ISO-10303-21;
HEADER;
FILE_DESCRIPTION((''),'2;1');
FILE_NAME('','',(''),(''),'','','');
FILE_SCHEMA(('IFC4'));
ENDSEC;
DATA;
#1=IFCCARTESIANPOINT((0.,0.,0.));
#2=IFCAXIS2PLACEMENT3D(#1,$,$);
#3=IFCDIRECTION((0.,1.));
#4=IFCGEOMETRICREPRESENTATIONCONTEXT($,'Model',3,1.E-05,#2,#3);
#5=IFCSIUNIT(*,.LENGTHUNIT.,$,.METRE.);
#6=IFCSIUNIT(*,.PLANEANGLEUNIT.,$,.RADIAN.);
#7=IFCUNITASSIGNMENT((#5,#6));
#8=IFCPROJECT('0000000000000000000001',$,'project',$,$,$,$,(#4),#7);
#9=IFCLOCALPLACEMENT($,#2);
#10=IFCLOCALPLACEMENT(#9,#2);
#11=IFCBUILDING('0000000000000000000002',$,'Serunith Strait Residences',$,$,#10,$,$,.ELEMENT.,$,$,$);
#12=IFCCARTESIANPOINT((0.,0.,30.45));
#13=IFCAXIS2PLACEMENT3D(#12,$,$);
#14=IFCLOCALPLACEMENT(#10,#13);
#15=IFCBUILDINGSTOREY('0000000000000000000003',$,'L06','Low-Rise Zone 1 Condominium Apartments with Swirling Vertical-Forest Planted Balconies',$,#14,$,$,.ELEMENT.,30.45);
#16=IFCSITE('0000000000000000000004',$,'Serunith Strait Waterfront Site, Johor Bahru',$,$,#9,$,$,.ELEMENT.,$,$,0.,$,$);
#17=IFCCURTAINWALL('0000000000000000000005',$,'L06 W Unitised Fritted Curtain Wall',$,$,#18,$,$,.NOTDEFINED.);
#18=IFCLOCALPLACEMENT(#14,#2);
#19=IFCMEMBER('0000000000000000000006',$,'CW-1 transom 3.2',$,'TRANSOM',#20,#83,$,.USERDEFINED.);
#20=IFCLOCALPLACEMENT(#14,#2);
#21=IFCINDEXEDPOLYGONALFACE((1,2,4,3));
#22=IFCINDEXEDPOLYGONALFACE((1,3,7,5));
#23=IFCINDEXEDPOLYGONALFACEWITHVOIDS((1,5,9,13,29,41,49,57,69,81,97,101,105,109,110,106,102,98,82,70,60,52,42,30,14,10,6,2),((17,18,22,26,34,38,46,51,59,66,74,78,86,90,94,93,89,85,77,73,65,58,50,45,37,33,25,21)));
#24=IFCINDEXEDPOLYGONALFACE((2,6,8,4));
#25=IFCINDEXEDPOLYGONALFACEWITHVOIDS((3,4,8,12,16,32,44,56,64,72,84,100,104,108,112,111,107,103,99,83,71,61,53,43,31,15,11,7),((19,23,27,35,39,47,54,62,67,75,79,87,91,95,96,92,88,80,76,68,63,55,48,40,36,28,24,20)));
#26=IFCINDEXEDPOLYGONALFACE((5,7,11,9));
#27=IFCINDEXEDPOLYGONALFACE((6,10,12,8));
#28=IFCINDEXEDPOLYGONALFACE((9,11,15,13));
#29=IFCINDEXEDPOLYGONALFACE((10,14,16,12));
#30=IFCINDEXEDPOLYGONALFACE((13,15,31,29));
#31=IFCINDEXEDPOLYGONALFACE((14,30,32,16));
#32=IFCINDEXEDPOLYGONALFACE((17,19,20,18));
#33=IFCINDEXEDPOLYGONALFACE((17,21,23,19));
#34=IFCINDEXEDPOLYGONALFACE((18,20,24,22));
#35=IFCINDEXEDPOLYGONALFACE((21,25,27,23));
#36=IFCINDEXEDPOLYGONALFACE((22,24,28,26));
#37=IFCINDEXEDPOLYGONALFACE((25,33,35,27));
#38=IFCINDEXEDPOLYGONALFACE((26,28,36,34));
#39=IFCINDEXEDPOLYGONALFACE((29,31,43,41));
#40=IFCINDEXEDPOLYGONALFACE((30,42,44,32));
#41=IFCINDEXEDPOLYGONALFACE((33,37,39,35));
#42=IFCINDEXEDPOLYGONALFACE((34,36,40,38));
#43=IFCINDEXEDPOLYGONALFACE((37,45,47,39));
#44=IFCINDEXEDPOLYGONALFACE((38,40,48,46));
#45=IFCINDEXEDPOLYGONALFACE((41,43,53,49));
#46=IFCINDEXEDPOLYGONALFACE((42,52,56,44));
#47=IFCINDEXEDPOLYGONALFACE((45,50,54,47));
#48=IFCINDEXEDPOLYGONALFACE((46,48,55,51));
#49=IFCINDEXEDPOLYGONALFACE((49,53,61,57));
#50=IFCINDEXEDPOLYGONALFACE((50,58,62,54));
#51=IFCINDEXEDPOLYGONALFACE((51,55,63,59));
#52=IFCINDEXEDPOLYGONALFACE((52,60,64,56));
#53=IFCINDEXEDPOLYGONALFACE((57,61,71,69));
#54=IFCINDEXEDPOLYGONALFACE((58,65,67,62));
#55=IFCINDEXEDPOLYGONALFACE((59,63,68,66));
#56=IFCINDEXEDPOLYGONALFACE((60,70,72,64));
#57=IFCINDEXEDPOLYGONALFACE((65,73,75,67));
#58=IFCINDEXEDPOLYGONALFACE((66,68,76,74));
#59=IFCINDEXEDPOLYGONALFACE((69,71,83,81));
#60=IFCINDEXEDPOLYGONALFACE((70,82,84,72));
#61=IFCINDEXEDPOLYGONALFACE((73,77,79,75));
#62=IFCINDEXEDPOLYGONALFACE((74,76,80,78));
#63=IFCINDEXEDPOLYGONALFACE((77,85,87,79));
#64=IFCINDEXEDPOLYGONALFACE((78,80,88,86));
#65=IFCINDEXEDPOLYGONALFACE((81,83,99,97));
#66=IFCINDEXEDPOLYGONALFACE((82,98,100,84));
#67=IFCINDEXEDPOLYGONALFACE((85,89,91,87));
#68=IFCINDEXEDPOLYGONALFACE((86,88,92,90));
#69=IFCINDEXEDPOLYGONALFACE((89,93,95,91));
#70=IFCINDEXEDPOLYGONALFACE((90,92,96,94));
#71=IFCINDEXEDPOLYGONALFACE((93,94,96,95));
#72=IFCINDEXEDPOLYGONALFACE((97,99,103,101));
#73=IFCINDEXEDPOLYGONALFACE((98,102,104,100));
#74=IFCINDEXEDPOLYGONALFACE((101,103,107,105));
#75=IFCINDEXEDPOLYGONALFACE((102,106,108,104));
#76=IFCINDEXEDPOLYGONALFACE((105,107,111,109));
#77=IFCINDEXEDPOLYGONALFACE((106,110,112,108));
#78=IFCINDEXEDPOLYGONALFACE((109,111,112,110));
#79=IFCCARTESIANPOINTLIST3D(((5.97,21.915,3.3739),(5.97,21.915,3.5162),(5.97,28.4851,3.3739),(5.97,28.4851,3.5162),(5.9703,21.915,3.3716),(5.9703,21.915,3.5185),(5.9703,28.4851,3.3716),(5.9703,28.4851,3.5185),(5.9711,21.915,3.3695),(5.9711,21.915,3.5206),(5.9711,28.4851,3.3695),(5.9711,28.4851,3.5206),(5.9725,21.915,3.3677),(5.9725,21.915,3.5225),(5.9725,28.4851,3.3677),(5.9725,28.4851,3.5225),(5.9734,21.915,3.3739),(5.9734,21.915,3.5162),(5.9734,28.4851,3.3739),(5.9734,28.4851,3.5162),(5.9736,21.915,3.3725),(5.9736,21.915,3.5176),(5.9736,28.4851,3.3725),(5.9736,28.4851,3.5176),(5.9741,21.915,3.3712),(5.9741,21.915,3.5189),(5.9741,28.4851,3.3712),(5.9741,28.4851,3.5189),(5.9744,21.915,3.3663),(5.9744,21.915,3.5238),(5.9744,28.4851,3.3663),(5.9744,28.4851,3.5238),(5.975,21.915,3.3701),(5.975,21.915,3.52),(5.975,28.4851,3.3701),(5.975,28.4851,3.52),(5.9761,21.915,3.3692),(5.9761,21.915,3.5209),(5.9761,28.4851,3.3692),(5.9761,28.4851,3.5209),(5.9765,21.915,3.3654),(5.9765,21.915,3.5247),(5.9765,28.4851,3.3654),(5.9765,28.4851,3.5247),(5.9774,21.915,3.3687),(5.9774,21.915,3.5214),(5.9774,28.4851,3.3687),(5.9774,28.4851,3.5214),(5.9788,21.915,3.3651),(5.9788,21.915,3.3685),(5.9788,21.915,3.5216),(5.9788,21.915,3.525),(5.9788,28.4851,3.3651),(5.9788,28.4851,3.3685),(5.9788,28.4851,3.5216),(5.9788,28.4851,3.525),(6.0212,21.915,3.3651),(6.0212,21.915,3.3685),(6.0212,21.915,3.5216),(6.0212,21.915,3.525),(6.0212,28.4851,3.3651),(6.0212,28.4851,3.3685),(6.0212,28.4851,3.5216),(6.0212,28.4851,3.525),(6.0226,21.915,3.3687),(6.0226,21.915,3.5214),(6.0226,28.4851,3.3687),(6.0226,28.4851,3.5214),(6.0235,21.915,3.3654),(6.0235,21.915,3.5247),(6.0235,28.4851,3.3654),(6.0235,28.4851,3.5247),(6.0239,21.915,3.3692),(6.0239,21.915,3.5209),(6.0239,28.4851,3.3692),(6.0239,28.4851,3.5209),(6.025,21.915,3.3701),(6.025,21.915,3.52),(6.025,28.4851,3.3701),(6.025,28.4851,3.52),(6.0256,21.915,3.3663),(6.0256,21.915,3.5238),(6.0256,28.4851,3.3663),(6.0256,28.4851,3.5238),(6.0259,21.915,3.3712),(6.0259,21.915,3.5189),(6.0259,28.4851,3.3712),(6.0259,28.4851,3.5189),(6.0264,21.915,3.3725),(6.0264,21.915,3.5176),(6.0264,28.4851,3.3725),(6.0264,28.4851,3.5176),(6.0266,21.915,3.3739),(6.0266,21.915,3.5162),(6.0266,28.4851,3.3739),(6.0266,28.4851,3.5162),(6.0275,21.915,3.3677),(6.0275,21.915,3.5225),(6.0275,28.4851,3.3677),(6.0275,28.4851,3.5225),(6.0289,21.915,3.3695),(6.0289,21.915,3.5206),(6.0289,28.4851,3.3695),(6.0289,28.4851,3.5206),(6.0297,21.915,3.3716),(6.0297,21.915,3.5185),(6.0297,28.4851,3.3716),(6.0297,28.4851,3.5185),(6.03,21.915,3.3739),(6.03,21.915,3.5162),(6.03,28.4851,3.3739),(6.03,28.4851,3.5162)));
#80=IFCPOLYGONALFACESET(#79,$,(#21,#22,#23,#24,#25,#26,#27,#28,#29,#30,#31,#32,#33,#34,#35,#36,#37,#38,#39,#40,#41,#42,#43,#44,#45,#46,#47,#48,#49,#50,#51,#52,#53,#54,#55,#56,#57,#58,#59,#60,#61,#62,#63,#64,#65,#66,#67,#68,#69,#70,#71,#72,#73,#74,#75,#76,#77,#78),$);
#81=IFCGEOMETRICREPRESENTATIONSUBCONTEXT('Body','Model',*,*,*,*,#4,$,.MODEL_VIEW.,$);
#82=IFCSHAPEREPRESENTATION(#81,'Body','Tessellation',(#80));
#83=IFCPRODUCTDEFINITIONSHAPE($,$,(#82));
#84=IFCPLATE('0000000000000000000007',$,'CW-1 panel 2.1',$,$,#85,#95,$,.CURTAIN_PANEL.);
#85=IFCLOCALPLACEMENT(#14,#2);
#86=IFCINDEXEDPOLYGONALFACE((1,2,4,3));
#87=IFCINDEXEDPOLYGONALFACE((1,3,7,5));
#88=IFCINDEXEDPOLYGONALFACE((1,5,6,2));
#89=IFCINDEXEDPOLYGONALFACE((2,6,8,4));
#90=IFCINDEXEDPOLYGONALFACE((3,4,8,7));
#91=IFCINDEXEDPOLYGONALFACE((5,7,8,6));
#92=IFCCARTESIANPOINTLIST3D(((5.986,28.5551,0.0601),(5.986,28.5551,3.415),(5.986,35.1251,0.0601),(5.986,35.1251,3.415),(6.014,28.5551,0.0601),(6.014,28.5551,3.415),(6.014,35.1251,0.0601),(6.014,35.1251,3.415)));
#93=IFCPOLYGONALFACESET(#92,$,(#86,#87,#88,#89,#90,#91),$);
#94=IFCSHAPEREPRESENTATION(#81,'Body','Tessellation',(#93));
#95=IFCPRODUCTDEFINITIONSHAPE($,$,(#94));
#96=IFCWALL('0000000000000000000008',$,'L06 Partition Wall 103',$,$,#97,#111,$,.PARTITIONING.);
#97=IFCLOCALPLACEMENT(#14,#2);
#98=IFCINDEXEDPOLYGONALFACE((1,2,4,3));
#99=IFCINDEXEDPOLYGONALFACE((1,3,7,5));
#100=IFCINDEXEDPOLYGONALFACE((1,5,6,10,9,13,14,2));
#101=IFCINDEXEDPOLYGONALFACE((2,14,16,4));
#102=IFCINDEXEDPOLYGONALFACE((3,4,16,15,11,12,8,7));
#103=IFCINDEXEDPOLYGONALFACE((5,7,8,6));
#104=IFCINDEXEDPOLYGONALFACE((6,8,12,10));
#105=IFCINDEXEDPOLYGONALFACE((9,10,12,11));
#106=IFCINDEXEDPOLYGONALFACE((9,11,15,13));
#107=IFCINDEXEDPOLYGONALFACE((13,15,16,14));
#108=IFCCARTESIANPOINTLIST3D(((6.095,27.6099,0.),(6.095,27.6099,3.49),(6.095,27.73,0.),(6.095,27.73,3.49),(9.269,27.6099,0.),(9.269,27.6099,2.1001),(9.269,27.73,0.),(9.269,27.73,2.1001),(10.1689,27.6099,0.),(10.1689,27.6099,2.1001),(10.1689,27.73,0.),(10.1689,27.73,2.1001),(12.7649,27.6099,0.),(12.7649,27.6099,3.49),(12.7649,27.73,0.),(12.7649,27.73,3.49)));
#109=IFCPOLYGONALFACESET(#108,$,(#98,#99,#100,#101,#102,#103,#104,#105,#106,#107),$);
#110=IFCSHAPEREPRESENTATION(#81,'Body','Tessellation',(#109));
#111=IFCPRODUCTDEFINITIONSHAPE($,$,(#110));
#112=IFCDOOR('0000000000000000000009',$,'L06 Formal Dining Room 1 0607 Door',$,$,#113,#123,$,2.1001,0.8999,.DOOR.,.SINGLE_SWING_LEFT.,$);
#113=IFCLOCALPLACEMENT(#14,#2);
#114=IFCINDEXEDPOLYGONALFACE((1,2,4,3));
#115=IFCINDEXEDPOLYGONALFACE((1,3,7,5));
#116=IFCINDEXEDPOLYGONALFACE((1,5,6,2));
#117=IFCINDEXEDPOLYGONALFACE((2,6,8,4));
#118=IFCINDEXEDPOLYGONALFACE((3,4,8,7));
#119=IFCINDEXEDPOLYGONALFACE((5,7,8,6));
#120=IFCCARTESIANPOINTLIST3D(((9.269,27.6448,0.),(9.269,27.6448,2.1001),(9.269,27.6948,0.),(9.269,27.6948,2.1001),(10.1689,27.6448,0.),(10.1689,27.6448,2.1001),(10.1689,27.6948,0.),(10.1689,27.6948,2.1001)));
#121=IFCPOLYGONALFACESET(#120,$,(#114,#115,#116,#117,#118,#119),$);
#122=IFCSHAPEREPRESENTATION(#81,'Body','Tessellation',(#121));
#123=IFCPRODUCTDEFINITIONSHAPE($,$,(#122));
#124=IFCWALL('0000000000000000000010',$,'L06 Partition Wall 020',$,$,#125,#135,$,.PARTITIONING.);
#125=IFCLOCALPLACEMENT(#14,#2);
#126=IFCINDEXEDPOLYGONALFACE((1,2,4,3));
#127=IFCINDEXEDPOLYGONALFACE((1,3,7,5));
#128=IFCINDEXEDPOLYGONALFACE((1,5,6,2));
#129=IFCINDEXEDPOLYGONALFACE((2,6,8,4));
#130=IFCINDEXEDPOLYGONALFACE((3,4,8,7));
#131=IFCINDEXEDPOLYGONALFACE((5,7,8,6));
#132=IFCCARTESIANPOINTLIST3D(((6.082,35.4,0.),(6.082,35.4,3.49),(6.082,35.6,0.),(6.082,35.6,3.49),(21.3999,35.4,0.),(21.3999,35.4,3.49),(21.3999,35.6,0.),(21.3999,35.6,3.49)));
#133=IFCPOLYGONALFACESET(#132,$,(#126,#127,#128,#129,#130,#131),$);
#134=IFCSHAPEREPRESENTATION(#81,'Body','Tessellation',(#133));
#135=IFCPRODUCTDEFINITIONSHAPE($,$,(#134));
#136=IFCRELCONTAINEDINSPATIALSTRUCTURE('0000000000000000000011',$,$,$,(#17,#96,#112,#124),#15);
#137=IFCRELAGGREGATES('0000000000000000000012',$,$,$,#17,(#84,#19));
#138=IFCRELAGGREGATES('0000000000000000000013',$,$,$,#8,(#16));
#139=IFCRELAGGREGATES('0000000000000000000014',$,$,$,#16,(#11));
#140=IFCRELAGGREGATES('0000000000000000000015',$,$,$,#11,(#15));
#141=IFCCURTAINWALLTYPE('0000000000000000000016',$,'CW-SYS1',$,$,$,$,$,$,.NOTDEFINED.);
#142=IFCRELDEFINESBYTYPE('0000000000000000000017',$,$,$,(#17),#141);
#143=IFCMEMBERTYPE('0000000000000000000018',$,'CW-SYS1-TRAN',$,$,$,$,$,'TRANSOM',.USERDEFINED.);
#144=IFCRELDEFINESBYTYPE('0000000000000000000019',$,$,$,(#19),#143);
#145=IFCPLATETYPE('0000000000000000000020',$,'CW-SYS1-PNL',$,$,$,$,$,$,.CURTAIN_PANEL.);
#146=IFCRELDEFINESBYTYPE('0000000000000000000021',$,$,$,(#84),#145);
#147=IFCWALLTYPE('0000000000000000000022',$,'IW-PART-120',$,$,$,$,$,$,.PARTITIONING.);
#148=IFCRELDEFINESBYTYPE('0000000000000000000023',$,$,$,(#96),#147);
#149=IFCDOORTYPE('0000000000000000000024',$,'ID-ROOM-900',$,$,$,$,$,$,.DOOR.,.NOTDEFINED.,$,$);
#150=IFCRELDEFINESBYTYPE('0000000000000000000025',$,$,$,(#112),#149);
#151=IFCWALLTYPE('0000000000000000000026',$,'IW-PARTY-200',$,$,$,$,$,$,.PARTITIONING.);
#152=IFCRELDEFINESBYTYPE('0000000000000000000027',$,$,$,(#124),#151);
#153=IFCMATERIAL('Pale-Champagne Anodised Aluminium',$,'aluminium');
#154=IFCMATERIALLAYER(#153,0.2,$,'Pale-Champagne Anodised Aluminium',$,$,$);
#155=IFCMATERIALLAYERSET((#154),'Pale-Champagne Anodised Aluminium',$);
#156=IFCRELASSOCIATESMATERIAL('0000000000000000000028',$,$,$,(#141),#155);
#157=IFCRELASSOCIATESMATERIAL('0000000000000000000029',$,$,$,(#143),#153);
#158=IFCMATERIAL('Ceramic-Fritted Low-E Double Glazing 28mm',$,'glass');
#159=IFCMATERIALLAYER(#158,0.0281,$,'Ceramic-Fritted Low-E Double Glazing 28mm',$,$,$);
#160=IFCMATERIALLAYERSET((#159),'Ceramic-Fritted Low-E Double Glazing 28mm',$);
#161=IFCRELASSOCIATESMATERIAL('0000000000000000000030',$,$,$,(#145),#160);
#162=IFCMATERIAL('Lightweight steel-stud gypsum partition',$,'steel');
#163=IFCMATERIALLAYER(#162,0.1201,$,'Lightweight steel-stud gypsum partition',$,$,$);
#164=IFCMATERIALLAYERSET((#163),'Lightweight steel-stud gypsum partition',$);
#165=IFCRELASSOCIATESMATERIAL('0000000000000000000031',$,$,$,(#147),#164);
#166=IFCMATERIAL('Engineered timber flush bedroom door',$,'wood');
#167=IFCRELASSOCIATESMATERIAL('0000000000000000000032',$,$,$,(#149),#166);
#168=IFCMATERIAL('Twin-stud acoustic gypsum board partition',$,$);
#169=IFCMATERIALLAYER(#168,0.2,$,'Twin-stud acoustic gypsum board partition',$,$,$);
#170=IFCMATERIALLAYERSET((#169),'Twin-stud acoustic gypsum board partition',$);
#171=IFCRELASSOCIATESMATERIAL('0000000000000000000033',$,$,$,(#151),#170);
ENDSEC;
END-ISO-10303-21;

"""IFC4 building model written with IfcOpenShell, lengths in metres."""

from ifc_helpers import new_model, si_unit, direction, frame, frame_2d, origin, origin_2d, place, context, subcontext, project, spatial, rectangle, hollow_rectangle, extrude, source, transform, mapped, material, layer, layer_set, material_profile, profile_set, type_object, element, fill, aggregate, save


model = new_model("IFC4")

# Units and contexts
model_context = context("Model", 3, precision=1e-05, world=origin(), true_north=direction((0.0, 1.0)))
body_context = subcontext(model_context, "Body", "Model", "MODEL_VIEW")
ifc_project = project(units=[si_unit("LENGTHUNIT", "METRE"), si_unit("PLANEANGLEUNIT", "RADIAN")], contexts=[model_context])

# Site, building, storey
site_placement = place(None, origin())
site = spatial("IfcSite", under=ifc_project, at=site_placement, Name="Serunith Strait Waterfront Site, Johor Bahru", CompositionType="ELEMENT", RefElevation=0.0)
building_placement = place(site_placement, origin())
building = spatial("IfcBuilding", under=site, at=building_placement, Name="Serunith Strait Residences", CompositionType="ELEMENT")
storey_placement = place(building_placement, frame((0.0, 0.0, 30.45)))
storey = spatial("IfcBuildingStorey", under=building, at=storey_placement, Name="L06", Description="Low-Rise Zone 1 Condominium Apartments with Swirling Vertical-Forest Planted Balconies", CompositionType="ELEMENT", Elevation=30.45)

# Curtain wall, member, plate
ifc_material_1 = material(Name="Pale-Champagne Anodised Aluminium", Category="aluminium")
ifc_layer_1 = layer(ifc_material_1, 0.2, Name="Pale-Champagne Anodised Aluminium")
ifc_layer_set_1 = layer_set([ifc_layer_1], Name="Pale-Champagne Anodised Aluminium")
curtain_wall_type = type_object("IfcCurtainWallType", Name="CW-SYS1", PredefinedType="NOTDEFINED", material=ifc_layer_set_1)
curtain_wall_placement = place(storey_placement, origin())
curtain_wall = element("IfcCurtainWall", 1, at=curtain_wall_placement, inside=storey, type_object=curtain_wall_type, Name="L06 W Unitised Fritted Curtain Wall", PredefinedType="NOTDEFINED")
ifc_material_profile_1 = material_profile(ifc_material_1, hollow_rectangle(XDim=0.0601, YDim=0.1599, WallThickness=0.0034, InnerFilletRadius=0.0054, OuterFilletRadius=0.0088, at=origin_2d()), Name="ALU 160x60x3.5")
ifc_profile_set_1 = profile_set([ifc_material_profile_1], Name="Pale-Champagne Anodised Aluminium")
member_type_1 = type_object("IfcMemberType", Name="CW-SYS1-TRAN", ElementType="TRANSOM", PredefinedType="USERDEFINED", material=ifc_profile_set_1)
shared_shape_1 = source(origin(), body_context, "Body", "SweptSolid", [
    extrude(hollow_rectangle(XDim=0.0601, YDim=0.1599, WallThickness=0.0034, InnerFilletRadius=0.0054, OuterFilletRadius=0.0088, at=origin_2d()), origin(), (0.0, 0.0, 1.0), 6.5701),
])
member_1_placement = place(storey_placement, frame((6.0, 28.4851, 3.4451), z_axis=(0.0, -1.0, 0.0), x_axis=(1.0, 0.0, 0.0)))
member_1 = element("IfcMember", 2, at=member_1_placement, type_object=member_type_1, Name="CW-1 transom 3.2", ObjectType="TRANSOM", PredefinedType="USERDEFINED", context=body_context, shape_type="MappedRepresentation", body=[
    mapped(shared_shape_1, transform((0.0, 0.0, 0.0), scale=1.0)),
])
ifc_material_2 = material(Name="Ceramic-Fritted Low-E Double Glazing 28mm", Category="glass")
ifc_layer_2 = layer(ifc_material_2, 0.0281, Name="Ceramic-Fritted Low-E Double Glazing 28mm")
ifc_layer_set_2 = layer_set([ifc_layer_2], Name="Ceramic-Fritted Low-E Double Glazing 28mm")
plate_type = type_object("IfcPlateType", Name="CW-SYS1-PNL", PredefinedType="CURTAIN_PANEL", material=ifc_layer_set_2)
shared_shape_2 = source(origin(), body_context, "Body", "SweptSolid", [
    extrude(rectangle(XDim=6.5701, YDim=0.0281, at=origin_2d()), origin(), (0.0, 0.0, 1.0), 3.355),
])
plate_placement = place(storey_placement, frame((6.0, 31.8401, 0.0601), z_axis=(0.0, 0.0, 1.0), x_axis=(0.0, -1.0, 0.0)))
plate = element("IfcPlate", 3, at=plate_placement, type_object=plate_type, Name="CW-1 panel 2.1", PredefinedType="CURTAIN_PANEL", context=body_context, shape_type="MappedRepresentation", body=[
    mapped(shared_shape_2, transform((0.0, 0.0, 0.0), scale=1.0)),
])
aggregate(curtain_wall, [plate, member_1])

# Wall, opening, door
ifc_material_3 = material(Name="Lightweight steel-stud gypsum partition", Category="steel")
ifc_layer_3 = layer(ifc_material_3, 0.1201, Name="Lightweight steel-stud gypsum partition")
ifc_layer_set_3 = layer_set([ifc_layer_3], Name="Lightweight steel-stud gypsum partition")
wall_type_1 = type_object("IfcWallType", Name="IW-PART-120", PredefinedType="PARTITIONING", material=ifc_layer_set_3)
wall_1_placement = place(storey_placement, frame((6.095, 27.6699, 0.0), z_axis=(0.0, 0.0, 1.0), x_axis=(1.0, 0.0, 0.0)))
wall_1 = element("IfcWall", 4, at=wall_1_placement, inside=storey, type_object=wall_type_1, Name="L06 Partition Wall 103", PredefinedType="PARTITIONING", context=body_context, shape_type="SweptSolid", body=[
    extrude(rectangle(XDim=6.6699, YDim=0.1201, at=frame_2d((3.335, 0.0))), origin(), (0.0, 0.0, 1.0), 3.49),
])
opening_placement = place(wall_1_placement, frame((3.1741, 0.0, 0.0)))
opening = element("IfcOpeningElement", 5, at=opening_placement, cuts=wall_1, PredefinedType="OPENING", context=body_context, shape_type="SweptSolid", body=[
    extrude(rectangle(XDim=0.8999, YDim=2.1001, at=frame_2d((0.45, 1.05))), frame((0.0, 0.0701, 0.0), z_axis=(0.0, -1.0, 0.0), x_axis=(1.0, 0.0, 0.0)), (0.0, 0.0, 1.0), 0.1401),
])
ifc_material_4 = material(Name="Engineered timber flush bedroom door", Category="wood")
door_type = type_object("IfcDoorType", Name="ID-ROOM-900", OperationType="NOTDEFINED", PredefinedType="DOOR", material=ifc_material_4)
shared_shape_3 = source(origin(), body_context, "Body", "SweptSolid", [
    extrude(rectangle(XDim=0.8999, YDim=2.1001, at=frame_2d((0.45, 1.05))), frame((0.0, 0.0249, 0.0), z_axis=(0.0, -1.0, 0.0), x_axis=(1.0, 0.0, 0.0)), (0.0, 0.0, 1.0), 0.05),
])
door_placement = place(opening_placement, origin())
door = element("IfcDoor", 6, at=door_placement, inside=storey, type_object=door_type, Name="L06 Formal Dining Room 1 0607 Door", OperationType="SINGLE_SWING_LEFT", OverallHeight=2.1001, OverallWidth=0.8999, PredefinedType="DOOR", context=body_context, shape_type="MappedRepresentation", body=[
    mapped(shared_shape_3, transform((0.0, 0.0, 0.0), scale=1.0)),
])
fill(opening, door)

# Wall
ifc_material_5 = material(Name="Twin-stud acoustic gypsum board partition")
ifc_layer_4 = layer(ifc_material_5, 0.2, Name="Twin-stud acoustic gypsum board partition")
ifc_layer_set_4 = layer_set([ifc_layer_4], Name="Twin-stud acoustic gypsum board partition")
wall_type_2 = type_object("IfcWallType", Name="IW-PARTY-200", PredefinedType="PARTITIONING", material=ifc_layer_set_4)
wall_2_placement = place(storey_placement, frame((6.082, 35.5, 0.0), z_axis=(0.0, 0.0, 1.0), x_axis=(1.0, 0.0, 0.0)))
element("IfcWall", 7, at=wall_2_placement, inside=storey, type_object=wall_type_2, Name="L06 Partition Wall 020", PredefinedType="PARTITIONING", context=body_context, shape_type="SweptSolid", body=[
    extrude(rectangle(XDim=15.3179, YDim=0.2, at=frame_2d((7.6589, 0.0))), origin(), (0.0, 0.0, 1.0), 3.49),
])

save(model, "model.ifc")
